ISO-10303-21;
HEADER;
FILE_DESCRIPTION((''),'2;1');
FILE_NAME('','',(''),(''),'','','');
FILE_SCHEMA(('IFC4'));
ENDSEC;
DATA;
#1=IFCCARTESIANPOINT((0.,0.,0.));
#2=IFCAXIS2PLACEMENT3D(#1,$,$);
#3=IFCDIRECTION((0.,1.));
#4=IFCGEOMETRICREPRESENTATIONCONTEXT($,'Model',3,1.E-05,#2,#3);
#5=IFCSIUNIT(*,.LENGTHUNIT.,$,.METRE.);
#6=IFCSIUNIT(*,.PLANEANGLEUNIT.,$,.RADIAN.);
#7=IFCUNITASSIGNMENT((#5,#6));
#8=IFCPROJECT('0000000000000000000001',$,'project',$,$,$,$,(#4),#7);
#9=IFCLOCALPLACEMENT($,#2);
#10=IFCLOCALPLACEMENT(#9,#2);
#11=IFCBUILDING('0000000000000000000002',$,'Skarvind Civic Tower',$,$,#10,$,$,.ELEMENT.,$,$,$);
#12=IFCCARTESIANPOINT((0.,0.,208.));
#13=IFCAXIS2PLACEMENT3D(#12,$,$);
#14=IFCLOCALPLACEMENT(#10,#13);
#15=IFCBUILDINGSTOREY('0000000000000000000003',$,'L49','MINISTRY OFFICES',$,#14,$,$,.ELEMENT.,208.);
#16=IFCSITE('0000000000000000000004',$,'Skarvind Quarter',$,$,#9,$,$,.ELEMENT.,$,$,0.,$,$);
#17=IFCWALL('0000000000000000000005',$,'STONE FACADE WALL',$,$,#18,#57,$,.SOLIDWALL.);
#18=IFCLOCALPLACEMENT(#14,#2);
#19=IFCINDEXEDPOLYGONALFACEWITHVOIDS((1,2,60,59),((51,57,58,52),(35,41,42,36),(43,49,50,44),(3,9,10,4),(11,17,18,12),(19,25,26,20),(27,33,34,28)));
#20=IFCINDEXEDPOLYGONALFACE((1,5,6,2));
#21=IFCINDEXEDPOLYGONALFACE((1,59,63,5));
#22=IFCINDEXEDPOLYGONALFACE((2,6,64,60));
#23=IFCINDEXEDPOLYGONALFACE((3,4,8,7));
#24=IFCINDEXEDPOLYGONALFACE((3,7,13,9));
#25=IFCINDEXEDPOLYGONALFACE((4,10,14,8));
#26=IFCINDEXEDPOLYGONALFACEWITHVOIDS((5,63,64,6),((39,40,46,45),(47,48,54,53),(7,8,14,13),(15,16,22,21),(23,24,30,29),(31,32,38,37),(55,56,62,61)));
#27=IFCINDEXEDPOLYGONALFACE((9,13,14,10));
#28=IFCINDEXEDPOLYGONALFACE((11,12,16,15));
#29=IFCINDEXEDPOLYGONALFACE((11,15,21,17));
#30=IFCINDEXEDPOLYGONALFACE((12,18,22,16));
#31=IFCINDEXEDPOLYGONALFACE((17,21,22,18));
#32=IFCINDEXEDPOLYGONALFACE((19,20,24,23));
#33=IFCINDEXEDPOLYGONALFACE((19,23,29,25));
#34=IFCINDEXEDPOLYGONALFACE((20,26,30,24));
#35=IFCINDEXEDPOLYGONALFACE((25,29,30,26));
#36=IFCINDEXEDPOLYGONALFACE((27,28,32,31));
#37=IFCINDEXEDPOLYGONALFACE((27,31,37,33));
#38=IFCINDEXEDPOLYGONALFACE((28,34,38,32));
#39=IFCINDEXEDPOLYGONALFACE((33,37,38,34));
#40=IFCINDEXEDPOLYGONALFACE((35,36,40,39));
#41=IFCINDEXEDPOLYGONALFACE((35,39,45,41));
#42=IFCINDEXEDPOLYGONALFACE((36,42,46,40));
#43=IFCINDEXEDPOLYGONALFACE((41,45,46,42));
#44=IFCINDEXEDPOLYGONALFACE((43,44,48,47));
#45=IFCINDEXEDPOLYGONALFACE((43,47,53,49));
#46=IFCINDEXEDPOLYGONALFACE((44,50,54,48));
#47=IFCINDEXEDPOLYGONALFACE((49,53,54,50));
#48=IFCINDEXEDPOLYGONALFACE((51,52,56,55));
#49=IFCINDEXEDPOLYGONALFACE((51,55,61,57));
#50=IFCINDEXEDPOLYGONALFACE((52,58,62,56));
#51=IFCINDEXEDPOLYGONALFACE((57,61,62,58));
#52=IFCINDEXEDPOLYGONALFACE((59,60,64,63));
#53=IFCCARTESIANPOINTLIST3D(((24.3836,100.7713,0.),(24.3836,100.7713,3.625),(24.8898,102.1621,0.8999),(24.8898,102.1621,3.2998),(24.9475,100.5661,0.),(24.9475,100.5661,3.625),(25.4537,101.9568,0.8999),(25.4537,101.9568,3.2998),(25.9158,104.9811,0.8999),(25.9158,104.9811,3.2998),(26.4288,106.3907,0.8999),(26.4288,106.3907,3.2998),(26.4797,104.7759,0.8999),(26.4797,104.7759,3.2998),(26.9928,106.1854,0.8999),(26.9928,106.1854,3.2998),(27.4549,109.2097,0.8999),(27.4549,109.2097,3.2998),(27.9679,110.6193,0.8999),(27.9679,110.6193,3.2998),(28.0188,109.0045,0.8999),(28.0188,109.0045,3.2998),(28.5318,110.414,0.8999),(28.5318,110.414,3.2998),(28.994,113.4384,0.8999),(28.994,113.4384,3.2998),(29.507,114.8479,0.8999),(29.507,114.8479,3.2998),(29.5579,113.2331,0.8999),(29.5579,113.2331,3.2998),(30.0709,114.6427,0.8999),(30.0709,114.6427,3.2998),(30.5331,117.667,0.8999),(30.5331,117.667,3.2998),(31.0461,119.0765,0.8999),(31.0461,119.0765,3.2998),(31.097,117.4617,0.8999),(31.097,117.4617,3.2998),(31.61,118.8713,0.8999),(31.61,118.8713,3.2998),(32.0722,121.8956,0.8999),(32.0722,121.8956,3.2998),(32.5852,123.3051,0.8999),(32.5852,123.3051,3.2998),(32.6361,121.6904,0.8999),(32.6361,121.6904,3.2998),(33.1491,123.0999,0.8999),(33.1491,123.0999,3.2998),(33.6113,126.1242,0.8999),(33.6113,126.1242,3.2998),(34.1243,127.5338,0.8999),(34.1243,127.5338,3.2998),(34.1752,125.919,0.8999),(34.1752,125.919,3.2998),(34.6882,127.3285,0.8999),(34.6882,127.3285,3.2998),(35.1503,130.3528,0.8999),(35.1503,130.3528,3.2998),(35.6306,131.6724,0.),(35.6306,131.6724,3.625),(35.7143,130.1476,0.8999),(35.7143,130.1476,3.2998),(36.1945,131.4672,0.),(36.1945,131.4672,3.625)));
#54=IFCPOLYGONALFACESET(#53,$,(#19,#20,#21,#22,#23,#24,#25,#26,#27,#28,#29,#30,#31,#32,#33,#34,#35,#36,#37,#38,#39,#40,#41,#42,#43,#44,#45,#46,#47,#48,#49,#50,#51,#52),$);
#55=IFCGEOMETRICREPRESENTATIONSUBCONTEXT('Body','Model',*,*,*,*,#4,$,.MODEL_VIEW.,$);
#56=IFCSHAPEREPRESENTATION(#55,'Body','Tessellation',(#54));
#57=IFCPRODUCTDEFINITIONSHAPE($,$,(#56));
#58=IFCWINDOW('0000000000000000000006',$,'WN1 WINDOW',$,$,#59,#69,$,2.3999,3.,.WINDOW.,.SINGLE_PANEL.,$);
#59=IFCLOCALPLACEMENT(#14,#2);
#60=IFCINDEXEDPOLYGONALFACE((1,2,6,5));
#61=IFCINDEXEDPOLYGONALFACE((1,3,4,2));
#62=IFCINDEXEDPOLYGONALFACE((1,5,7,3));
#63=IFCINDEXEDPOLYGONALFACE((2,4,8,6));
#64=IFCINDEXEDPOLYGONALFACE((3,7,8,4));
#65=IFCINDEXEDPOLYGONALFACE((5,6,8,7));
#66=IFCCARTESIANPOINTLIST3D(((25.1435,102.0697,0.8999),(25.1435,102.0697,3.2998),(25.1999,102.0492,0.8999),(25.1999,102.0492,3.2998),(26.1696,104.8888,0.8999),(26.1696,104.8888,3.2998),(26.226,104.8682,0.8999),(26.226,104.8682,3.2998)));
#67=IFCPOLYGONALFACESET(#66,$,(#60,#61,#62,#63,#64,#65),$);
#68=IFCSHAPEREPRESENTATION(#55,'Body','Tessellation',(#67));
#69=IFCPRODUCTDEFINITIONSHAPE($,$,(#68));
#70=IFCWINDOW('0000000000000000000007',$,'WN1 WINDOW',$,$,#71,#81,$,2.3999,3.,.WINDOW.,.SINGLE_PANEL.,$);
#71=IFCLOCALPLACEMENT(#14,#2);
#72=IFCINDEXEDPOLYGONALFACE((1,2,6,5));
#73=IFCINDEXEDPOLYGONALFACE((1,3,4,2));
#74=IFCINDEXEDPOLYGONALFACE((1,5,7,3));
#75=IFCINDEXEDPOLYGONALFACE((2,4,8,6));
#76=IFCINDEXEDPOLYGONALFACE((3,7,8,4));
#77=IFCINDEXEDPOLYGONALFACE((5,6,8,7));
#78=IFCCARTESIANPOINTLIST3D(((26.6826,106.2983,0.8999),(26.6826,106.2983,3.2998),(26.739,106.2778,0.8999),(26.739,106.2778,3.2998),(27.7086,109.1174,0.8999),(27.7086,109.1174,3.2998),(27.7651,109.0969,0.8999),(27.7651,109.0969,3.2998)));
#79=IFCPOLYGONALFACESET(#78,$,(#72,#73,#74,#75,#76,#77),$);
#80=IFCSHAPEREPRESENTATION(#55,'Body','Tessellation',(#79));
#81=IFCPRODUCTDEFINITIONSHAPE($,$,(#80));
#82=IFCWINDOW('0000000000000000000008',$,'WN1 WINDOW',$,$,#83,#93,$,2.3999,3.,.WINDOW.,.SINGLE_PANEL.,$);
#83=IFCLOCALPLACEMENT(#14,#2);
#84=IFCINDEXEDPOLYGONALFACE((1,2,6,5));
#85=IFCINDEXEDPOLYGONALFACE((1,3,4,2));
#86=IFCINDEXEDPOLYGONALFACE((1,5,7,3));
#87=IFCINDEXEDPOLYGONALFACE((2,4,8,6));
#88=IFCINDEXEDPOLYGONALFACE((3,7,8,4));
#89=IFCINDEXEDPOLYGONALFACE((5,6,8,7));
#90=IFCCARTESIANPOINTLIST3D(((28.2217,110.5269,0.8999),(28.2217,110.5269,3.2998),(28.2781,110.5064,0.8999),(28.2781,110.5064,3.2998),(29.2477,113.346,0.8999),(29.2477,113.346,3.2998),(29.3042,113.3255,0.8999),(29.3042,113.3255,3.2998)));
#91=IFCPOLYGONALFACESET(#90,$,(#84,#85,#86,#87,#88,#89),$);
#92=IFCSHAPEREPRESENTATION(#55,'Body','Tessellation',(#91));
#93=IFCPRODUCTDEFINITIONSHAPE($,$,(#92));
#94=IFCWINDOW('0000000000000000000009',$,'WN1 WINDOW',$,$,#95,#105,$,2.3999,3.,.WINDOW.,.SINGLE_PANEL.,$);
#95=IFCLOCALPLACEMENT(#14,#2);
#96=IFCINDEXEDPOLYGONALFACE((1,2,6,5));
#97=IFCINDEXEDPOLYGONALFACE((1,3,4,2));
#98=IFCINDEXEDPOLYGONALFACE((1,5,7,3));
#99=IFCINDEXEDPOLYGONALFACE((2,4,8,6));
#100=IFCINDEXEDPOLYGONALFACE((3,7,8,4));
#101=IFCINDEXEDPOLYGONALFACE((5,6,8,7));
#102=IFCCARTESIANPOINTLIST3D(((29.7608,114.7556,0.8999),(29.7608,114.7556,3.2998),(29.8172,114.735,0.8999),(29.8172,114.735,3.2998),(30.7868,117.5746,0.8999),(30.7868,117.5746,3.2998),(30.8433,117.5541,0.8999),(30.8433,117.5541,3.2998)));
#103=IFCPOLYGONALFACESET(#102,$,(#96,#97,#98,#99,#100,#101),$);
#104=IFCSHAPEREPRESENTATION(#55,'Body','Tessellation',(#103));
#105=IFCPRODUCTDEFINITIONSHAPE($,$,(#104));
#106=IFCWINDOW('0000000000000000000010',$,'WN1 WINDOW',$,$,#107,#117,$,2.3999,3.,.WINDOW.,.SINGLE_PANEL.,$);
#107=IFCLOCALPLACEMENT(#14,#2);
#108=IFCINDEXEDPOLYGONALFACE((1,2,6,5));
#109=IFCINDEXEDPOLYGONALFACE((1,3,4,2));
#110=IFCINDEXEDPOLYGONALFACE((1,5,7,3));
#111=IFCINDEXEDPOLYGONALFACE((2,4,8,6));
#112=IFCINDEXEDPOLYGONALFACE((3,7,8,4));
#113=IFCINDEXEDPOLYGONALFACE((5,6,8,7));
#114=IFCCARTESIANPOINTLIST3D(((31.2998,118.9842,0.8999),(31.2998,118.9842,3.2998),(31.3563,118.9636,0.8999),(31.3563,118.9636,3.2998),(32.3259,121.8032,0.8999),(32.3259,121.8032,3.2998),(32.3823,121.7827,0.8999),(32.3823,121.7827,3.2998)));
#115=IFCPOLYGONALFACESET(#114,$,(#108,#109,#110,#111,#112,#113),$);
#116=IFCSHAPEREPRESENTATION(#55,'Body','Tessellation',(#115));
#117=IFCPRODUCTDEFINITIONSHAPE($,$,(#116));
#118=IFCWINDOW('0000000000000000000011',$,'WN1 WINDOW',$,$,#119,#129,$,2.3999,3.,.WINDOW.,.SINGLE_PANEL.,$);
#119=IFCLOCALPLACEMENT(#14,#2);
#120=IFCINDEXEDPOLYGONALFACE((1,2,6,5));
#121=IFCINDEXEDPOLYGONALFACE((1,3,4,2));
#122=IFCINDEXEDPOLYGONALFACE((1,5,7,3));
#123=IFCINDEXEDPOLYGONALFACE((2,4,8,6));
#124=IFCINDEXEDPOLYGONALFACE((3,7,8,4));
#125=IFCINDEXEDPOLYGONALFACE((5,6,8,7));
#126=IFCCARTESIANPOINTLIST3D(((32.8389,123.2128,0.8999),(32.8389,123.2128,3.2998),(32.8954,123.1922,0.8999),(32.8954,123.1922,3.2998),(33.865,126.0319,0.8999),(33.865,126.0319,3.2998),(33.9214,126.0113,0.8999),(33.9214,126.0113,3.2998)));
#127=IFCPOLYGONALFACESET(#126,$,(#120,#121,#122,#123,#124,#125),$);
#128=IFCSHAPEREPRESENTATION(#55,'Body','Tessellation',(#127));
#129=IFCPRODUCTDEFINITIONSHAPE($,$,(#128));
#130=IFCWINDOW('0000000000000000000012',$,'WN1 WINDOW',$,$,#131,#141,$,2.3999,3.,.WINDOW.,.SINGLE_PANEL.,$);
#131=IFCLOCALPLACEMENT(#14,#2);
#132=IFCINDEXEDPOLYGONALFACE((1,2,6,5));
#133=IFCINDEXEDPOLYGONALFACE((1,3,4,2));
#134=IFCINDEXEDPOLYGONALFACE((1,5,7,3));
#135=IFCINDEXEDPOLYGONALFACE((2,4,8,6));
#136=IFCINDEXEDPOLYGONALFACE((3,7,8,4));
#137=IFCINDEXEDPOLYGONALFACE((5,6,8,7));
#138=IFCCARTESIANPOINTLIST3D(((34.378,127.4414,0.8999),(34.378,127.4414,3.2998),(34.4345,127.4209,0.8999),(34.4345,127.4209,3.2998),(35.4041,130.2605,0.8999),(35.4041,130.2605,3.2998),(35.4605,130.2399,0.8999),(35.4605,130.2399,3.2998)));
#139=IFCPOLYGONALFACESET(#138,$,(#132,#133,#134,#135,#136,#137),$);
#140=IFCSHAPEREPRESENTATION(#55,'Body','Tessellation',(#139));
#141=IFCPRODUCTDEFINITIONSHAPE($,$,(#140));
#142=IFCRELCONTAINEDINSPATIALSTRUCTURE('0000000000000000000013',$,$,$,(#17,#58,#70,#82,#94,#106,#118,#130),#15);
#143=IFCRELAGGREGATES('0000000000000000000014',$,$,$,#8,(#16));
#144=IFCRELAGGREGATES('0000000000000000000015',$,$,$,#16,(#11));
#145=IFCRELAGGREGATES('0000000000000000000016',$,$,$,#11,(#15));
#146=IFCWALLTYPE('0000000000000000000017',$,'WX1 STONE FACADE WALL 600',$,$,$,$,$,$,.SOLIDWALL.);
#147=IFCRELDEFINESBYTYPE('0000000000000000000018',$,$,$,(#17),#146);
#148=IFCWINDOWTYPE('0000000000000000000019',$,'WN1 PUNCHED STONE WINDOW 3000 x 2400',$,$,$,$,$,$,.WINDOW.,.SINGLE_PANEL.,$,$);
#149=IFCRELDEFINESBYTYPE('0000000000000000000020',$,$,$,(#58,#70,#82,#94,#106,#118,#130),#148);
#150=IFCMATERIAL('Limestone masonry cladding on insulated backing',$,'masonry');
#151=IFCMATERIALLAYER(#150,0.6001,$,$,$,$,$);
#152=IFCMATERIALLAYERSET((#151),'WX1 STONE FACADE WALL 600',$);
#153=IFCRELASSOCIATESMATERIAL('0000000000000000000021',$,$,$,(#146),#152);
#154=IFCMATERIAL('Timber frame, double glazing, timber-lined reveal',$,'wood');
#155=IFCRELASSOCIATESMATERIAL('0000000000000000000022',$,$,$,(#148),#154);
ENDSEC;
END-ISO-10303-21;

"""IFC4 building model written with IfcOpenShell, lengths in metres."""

from ifc_helpers import new_model, si_unit, direction, frame, frame_2d, origin, place, context, subcontext, project, spatial, rectangle, extrude, material, layer, layer_set, type_object, element, fill, save


model = new_model("IFC4")

# Units and contexts
model_context = context("Model", 3, precision=1e-05, world=origin(), true_north=direction((0.0, 1.0)))
body_context = subcontext(model_context, "Body", "Model", "MODEL_VIEW")
ifc_project = project(units=[si_unit("LENGTHUNIT", "METRE"), si_unit("PLANEANGLEUNIT", "RADIAN")], contexts=[model_context])

# Site, building, storey
site_placement = place(None, origin())
site = spatial("IfcSite", under=ifc_project, at=site_placement, Name="Skarvind Quarter", CompositionType="ELEMENT", RefElevation=0.0)
building_placement = place(site_placement, origin())
building = spatial("IfcBuilding", under=site, at=building_placement, Name="Skarvind Civic Tower", CompositionType="ELEMENT")
storey_placement = place(building_placement, frame((0.0, 0.0, 208.0)))
storey = spatial("IfcBuildingStorey", under=building, at=storey_placement, Name="L49", Description="MINISTRY OFFICES", CompositionType="ELEMENT", Elevation=208.0)

# Wall, openings, windows
ifc_material_1 = material(Name="Limestone masonry cladding on insulated backing", Category="masonry")
ifc_layer_1 = layer(ifc_material_1, 0.6001)
ifc_layer_set_1 = layer_set([ifc_layer_1], Name="WX1 STONE FACADE WALL 600")
wall_type_1 = type_object("IfcWallType", Name="WX1 STONE FACADE WALL 600", PredefinedType="SOLIDWALL", material=ifc_layer_set_1)
wall_1_placement = place(storey_placement, frame((24.6655, 100.6687, 0.0), z_axis=(0.0, 0.0, 1.0), x_axis=(0.34202, 0.939693, 0.0)))
wall_1 = element("IfcWall", 1, at=wall_1_placement, inside=storey, type_object=wall_type_1, Name="STONE FACADE WALL", PredefinedType="SOLIDWALL", context=body_context, shape_type="SweptSolid", body=[
    extrude(rectangle(XDim=32.8843, YDim=0.6001, at=frame_2d((16.4421, 0.0))), origin(), (0.0, 0.0, 1.0), 3.625),
])
opening_1_placement = place(wall_1_placement, frame((1.48, 0.0, 0.8999)))
opening_1 = element("IfcOpeningElement", 2, at=opening_1_placement, cuts=wall_1, PredefinedType="OPENING", context=body_context, shape_type="SweptSolid", body=[
    extrude(rectangle(XDim=3.0, YDim=2.3999, at=frame_2d((1.5, 1.2))), frame((0.0, 0.3101, 0.0), z_axis=(0.0, -1.0, 0.0), x_axis=(1.0, 0.0, 0.0)), (0.0, 0.0, 1.0), 0.6201),
])
opening_2_placement = place(wall_1_placement, frame((5.98, 0.0, 0.8999)))
opening_2 = element("IfcOpeningElement", 3, at=opening_2_placement, cuts=wall_1, PredefinedType="OPENING", context=body_context, shape_type="SweptSolid", body=[
    extrude(rectangle(XDim=3.0, YDim=2.3999, at=frame_2d((1.5, 1.2))), frame((0.0, 0.3101, 0.0), z_axis=(0.0, -1.0, 0.0), x_axis=(1.0, 0.0, 0.0)), (0.0, 0.0, 1.0), 0.6201),
])
opening_3_placement = place(wall_1_placement, frame((10.48, 0.0, 0.8999)))
opening_3 = element("IfcOpeningElement", 4, at=opening_3_placement, cuts=wall_1, PredefinedType="OPENING", context=body_context, shape_type="SweptSolid", body=[
    extrude(rectangle(XDim=3.0, YDim=2.3999, at=frame_2d((1.5, 1.2))), frame((0.0, 0.3101, 0.0), z_axis=(0.0, -1.0, 0.0), x_axis=(1.0, 0.0, 0.0)), (0.0, 0.0, 1.0), 0.6201),
])
opening_4_placement = place(wall_1_placement, frame((14.98, 0.0, 0.8999)))
opening_4 = element("IfcOpeningElement", 5, at=opening_4_placement, cuts=wall_1, PredefinedType="OPENING", context=body_context, shape_type="SweptSolid", body=[
    extrude(rectangle(XDim=3.0, YDim=2.3999, at=frame_2d((1.5, 1.2))), frame((0.0, 0.3101, 0.0), z_axis=(0.0, -1.0, 0.0), x_axis=(1.0, 0.0, 0.0)), (0.0, 0.0, 1.0), 0.6201),
])
opening_5_placement = place(wall_1_placement, frame((19.48, 0.0, 0.8999)))
opening_5 = element("IfcOpeningElement", 6, at=opening_5_placement, cuts=wall_1, PredefinedType="OPENING", context=body_context, shape_type="SweptSolid", body=[
    extrude(rectangle(XDim=3.0, YDim=2.3999, at=frame_2d((1.5, 1.2))), frame((0.0, 0.3101, 0.0), z_axis=(0.0, -1.0, 0.0), x_axis=(1.0, 0.0, 0.0)), (0.0, 0.0, 1.0), 0.6201),
])
opening_6_placement = place(wall_1_placement, frame((23.98, 0.0, 0.8999)))
opening_6 = element("IfcOpeningElement", 7, at=opening_6_placement, cuts=wall_1, PredefinedType="OPENING", context=body_context, shape_type="SweptSolid", body=[
    extrude(rectangle(XDim=3.0, YDim=2.3999, at=frame_2d((1.5, 1.2))), frame((0.0, 0.3101, 0.0), z_axis=(0.0, -1.0, 0.0), x_axis=(1.0, 0.0, 0.0)), (0.0, 0.0, 1.0), 0.6201),
])
opening_7_placement = place(wall_1_placement, frame((28.48, 0.0, 0.8999)))
opening_7 = element("IfcOpeningElement", 8, at=opening_7_placement, cuts=wall_1, PredefinedType="OPENING", context=body_context, shape_type="SweptSolid", body=[
    extrude(rectangle(XDim=3.0, YDim=2.3999, at=frame_2d((1.5, 1.2))), frame((0.0, 0.3101, 0.0), z_axis=(0.0, -1.0, 0.0), x_axis=(1.0, 0.0, 0.0)), (0.0, 0.0, 1.0), 0.6201),
])
ifc_material_2 = material(Name="Timber frame, double glazing, timber-lined reveal", Category="wood")
window_type = type_object("IfcWindowType", Name="WN1 PUNCHED STONE WINDOW 3000 x 2400", PartitioningType="SINGLE_PANEL", PredefinedType="WINDOW", material=ifc_material_2)
window_1_placement = place(opening_1_placement, origin())
window_1 = element("IfcWindow", 9, at=window_1_placement, inside=storey, type_object=window_type, Name="WN1 WINDOW", OverallHeight=2.3999, OverallWidth=3.0, PartitioningType="SINGLE_PANEL", PredefinedType="WINDOW", context=body_context, shape_type="SweptSolid", body=[
    extrude(rectangle(XDim=3.0, YDim=2.3999, at=frame_2d((1.5, 1.2))), frame((0.0, 0.03, 0.0), z_axis=(0.0, -1.0, 0.0), x_axis=(1.0, 0.0, 0.0)), (0.0, 0.0, 1.0), 0.0601),
])
fill(opening_1, window_1)
window_2_placement = place(opening_2_placement, origin())
window_2 = element("IfcWindow", 10, at=window_2_placement, inside=storey, type_object=window_type, Name="WN1 WINDOW", OverallHeight=2.3999, OverallWidth=3.0, PartitioningType="SINGLE_PANEL", PredefinedType="WINDOW", context=body_context, shape_type="SweptSolid", body=[
    extrude(rectangle(XDim=3.0, YDim=2.3999, at=frame_2d((1.5, 1.2))), frame((0.0, 0.03, 0.0), z_axis=(0.0, -1.0, 0.0), x_axis=(1.0, 0.0, 0.0)), (0.0, 0.0, 1.0), 0.0601),
])
fill(opening_2, window_2)
window_3_placement = place(opening_3_placement, origin())
window_3 = element("IfcWindow", 11, at=window_3_placement, inside=storey, type_object=window_type, Name="WN1 WINDOW", OverallHeight=2.3999, OverallWidth=3.0, PartitioningType="SINGLE_PANEL", PredefinedType="WINDOW", context=body_context, shape_type="SweptSolid", body=[
    extrude(rectangle(XDim=3.0, YDim=2.3999, at=frame_2d((1.5, 1.2))), frame((0.0, 0.03, 0.0), z_axis=(0.0, -1.0, 0.0), x_axis=(1.0, 0.0, 0.0)), (0.0, 0.0, 1.0), 0.0601),
])
fill(opening_3, window_3)
window_4_placement = place(opening_4_placement, origin())
window_4 = element("IfcWindow", 12, at=window_4_placement, inside=storey, type_object=window_type, Name="WN1 WINDOW", OverallHeight=2.3999, OverallWidth=3.0, PartitioningType="SINGLE_PANEL", PredefinedType="WINDOW", context=body_context, shape_type="SweptSolid", body=[
    extrude(rectangle(XDim=3.0, YDim=2.3999, at=frame_2d((1.5, 1.2))), frame((0.0, 0.03, 0.0), z_axis=(0.0, -1.0, 0.0), x_axis=(1.0, 0.0, 0.0)), (0.0, 0.0, 1.0), 0.0601),
])
fill(opening_4, window_4)
window_5_placement = place(opening_5_placement, origin())
window_5 = element("IfcWindow", 13, at=window_5_placement, inside=storey, type_object=window_type, Name="WN1 WINDOW", OverallHeight=2.3999, OverallWidth=3.0, PartitioningType="SINGLE_PANEL", PredefinedType="WINDOW", context=body_context, shape_type="SweptSolid", body=[
    extrude(rectangle(XDim=3.0, YDim=2.3999, at=frame_2d((1.5, 1.2))), frame((0.0, 0.03, 0.0), z_axis=(0.0, -1.0, 0.0), x_axis=(1.0, 0.0, 0.0)), (0.0, 0.0, 1.0), 0.0601),
])
fill(opening_5, window_5)
window_6_placement = place(opening_6_placement, origin())
window_6 = element("IfcWindow", 14, at=window_6_placement, inside=storey, type_object=window_type, Name="WN1 WINDOW", OverallHeight=2.3999, OverallWidth=3.0, PartitioningType="SINGLE_PANEL", PredefinedType="WINDOW", context=body_context, shape_type="SweptSolid", body=[
    extrude(rectangle(XDim=3.0, YDim=2.3999, at=frame_2d((1.5, 1.2))), frame((0.0, 0.03, 0.0), z_axis=(0.0, -1.0, 0.0), x_axis=(1.0, 0.0, 0.0)), (0.0, 0.0, 1.0), 0.0601),
])
fill(opening_6, window_6)
window_7_placement = place(opening_7_placement, origin())
window_7 = element("IfcWindow", 15, at=window_7_placement, inside=storey, type_object=window_type, Name="WN1 WINDOW", OverallHeight=2.3999, OverallWidth=3.0, PartitioningType="SINGLE_PANEL", PredefinedType="WINDOW", context=body_context, shape_type="SweptSolid", body=[
    extrude(rectangle(XDim=3.0, YDim=2.3999, at=frame_2d((1.5, 1.2))), frame((0.0, 0.03, 0.0), z_axis=(0.0, -1.0, 0.0), x_axis=(1.0, 0.0, 0.0)), (0.0, 0.0, 1.0), 0.0601),
])
fill(opening_7, window_7)

save(model, "model.ifc")
